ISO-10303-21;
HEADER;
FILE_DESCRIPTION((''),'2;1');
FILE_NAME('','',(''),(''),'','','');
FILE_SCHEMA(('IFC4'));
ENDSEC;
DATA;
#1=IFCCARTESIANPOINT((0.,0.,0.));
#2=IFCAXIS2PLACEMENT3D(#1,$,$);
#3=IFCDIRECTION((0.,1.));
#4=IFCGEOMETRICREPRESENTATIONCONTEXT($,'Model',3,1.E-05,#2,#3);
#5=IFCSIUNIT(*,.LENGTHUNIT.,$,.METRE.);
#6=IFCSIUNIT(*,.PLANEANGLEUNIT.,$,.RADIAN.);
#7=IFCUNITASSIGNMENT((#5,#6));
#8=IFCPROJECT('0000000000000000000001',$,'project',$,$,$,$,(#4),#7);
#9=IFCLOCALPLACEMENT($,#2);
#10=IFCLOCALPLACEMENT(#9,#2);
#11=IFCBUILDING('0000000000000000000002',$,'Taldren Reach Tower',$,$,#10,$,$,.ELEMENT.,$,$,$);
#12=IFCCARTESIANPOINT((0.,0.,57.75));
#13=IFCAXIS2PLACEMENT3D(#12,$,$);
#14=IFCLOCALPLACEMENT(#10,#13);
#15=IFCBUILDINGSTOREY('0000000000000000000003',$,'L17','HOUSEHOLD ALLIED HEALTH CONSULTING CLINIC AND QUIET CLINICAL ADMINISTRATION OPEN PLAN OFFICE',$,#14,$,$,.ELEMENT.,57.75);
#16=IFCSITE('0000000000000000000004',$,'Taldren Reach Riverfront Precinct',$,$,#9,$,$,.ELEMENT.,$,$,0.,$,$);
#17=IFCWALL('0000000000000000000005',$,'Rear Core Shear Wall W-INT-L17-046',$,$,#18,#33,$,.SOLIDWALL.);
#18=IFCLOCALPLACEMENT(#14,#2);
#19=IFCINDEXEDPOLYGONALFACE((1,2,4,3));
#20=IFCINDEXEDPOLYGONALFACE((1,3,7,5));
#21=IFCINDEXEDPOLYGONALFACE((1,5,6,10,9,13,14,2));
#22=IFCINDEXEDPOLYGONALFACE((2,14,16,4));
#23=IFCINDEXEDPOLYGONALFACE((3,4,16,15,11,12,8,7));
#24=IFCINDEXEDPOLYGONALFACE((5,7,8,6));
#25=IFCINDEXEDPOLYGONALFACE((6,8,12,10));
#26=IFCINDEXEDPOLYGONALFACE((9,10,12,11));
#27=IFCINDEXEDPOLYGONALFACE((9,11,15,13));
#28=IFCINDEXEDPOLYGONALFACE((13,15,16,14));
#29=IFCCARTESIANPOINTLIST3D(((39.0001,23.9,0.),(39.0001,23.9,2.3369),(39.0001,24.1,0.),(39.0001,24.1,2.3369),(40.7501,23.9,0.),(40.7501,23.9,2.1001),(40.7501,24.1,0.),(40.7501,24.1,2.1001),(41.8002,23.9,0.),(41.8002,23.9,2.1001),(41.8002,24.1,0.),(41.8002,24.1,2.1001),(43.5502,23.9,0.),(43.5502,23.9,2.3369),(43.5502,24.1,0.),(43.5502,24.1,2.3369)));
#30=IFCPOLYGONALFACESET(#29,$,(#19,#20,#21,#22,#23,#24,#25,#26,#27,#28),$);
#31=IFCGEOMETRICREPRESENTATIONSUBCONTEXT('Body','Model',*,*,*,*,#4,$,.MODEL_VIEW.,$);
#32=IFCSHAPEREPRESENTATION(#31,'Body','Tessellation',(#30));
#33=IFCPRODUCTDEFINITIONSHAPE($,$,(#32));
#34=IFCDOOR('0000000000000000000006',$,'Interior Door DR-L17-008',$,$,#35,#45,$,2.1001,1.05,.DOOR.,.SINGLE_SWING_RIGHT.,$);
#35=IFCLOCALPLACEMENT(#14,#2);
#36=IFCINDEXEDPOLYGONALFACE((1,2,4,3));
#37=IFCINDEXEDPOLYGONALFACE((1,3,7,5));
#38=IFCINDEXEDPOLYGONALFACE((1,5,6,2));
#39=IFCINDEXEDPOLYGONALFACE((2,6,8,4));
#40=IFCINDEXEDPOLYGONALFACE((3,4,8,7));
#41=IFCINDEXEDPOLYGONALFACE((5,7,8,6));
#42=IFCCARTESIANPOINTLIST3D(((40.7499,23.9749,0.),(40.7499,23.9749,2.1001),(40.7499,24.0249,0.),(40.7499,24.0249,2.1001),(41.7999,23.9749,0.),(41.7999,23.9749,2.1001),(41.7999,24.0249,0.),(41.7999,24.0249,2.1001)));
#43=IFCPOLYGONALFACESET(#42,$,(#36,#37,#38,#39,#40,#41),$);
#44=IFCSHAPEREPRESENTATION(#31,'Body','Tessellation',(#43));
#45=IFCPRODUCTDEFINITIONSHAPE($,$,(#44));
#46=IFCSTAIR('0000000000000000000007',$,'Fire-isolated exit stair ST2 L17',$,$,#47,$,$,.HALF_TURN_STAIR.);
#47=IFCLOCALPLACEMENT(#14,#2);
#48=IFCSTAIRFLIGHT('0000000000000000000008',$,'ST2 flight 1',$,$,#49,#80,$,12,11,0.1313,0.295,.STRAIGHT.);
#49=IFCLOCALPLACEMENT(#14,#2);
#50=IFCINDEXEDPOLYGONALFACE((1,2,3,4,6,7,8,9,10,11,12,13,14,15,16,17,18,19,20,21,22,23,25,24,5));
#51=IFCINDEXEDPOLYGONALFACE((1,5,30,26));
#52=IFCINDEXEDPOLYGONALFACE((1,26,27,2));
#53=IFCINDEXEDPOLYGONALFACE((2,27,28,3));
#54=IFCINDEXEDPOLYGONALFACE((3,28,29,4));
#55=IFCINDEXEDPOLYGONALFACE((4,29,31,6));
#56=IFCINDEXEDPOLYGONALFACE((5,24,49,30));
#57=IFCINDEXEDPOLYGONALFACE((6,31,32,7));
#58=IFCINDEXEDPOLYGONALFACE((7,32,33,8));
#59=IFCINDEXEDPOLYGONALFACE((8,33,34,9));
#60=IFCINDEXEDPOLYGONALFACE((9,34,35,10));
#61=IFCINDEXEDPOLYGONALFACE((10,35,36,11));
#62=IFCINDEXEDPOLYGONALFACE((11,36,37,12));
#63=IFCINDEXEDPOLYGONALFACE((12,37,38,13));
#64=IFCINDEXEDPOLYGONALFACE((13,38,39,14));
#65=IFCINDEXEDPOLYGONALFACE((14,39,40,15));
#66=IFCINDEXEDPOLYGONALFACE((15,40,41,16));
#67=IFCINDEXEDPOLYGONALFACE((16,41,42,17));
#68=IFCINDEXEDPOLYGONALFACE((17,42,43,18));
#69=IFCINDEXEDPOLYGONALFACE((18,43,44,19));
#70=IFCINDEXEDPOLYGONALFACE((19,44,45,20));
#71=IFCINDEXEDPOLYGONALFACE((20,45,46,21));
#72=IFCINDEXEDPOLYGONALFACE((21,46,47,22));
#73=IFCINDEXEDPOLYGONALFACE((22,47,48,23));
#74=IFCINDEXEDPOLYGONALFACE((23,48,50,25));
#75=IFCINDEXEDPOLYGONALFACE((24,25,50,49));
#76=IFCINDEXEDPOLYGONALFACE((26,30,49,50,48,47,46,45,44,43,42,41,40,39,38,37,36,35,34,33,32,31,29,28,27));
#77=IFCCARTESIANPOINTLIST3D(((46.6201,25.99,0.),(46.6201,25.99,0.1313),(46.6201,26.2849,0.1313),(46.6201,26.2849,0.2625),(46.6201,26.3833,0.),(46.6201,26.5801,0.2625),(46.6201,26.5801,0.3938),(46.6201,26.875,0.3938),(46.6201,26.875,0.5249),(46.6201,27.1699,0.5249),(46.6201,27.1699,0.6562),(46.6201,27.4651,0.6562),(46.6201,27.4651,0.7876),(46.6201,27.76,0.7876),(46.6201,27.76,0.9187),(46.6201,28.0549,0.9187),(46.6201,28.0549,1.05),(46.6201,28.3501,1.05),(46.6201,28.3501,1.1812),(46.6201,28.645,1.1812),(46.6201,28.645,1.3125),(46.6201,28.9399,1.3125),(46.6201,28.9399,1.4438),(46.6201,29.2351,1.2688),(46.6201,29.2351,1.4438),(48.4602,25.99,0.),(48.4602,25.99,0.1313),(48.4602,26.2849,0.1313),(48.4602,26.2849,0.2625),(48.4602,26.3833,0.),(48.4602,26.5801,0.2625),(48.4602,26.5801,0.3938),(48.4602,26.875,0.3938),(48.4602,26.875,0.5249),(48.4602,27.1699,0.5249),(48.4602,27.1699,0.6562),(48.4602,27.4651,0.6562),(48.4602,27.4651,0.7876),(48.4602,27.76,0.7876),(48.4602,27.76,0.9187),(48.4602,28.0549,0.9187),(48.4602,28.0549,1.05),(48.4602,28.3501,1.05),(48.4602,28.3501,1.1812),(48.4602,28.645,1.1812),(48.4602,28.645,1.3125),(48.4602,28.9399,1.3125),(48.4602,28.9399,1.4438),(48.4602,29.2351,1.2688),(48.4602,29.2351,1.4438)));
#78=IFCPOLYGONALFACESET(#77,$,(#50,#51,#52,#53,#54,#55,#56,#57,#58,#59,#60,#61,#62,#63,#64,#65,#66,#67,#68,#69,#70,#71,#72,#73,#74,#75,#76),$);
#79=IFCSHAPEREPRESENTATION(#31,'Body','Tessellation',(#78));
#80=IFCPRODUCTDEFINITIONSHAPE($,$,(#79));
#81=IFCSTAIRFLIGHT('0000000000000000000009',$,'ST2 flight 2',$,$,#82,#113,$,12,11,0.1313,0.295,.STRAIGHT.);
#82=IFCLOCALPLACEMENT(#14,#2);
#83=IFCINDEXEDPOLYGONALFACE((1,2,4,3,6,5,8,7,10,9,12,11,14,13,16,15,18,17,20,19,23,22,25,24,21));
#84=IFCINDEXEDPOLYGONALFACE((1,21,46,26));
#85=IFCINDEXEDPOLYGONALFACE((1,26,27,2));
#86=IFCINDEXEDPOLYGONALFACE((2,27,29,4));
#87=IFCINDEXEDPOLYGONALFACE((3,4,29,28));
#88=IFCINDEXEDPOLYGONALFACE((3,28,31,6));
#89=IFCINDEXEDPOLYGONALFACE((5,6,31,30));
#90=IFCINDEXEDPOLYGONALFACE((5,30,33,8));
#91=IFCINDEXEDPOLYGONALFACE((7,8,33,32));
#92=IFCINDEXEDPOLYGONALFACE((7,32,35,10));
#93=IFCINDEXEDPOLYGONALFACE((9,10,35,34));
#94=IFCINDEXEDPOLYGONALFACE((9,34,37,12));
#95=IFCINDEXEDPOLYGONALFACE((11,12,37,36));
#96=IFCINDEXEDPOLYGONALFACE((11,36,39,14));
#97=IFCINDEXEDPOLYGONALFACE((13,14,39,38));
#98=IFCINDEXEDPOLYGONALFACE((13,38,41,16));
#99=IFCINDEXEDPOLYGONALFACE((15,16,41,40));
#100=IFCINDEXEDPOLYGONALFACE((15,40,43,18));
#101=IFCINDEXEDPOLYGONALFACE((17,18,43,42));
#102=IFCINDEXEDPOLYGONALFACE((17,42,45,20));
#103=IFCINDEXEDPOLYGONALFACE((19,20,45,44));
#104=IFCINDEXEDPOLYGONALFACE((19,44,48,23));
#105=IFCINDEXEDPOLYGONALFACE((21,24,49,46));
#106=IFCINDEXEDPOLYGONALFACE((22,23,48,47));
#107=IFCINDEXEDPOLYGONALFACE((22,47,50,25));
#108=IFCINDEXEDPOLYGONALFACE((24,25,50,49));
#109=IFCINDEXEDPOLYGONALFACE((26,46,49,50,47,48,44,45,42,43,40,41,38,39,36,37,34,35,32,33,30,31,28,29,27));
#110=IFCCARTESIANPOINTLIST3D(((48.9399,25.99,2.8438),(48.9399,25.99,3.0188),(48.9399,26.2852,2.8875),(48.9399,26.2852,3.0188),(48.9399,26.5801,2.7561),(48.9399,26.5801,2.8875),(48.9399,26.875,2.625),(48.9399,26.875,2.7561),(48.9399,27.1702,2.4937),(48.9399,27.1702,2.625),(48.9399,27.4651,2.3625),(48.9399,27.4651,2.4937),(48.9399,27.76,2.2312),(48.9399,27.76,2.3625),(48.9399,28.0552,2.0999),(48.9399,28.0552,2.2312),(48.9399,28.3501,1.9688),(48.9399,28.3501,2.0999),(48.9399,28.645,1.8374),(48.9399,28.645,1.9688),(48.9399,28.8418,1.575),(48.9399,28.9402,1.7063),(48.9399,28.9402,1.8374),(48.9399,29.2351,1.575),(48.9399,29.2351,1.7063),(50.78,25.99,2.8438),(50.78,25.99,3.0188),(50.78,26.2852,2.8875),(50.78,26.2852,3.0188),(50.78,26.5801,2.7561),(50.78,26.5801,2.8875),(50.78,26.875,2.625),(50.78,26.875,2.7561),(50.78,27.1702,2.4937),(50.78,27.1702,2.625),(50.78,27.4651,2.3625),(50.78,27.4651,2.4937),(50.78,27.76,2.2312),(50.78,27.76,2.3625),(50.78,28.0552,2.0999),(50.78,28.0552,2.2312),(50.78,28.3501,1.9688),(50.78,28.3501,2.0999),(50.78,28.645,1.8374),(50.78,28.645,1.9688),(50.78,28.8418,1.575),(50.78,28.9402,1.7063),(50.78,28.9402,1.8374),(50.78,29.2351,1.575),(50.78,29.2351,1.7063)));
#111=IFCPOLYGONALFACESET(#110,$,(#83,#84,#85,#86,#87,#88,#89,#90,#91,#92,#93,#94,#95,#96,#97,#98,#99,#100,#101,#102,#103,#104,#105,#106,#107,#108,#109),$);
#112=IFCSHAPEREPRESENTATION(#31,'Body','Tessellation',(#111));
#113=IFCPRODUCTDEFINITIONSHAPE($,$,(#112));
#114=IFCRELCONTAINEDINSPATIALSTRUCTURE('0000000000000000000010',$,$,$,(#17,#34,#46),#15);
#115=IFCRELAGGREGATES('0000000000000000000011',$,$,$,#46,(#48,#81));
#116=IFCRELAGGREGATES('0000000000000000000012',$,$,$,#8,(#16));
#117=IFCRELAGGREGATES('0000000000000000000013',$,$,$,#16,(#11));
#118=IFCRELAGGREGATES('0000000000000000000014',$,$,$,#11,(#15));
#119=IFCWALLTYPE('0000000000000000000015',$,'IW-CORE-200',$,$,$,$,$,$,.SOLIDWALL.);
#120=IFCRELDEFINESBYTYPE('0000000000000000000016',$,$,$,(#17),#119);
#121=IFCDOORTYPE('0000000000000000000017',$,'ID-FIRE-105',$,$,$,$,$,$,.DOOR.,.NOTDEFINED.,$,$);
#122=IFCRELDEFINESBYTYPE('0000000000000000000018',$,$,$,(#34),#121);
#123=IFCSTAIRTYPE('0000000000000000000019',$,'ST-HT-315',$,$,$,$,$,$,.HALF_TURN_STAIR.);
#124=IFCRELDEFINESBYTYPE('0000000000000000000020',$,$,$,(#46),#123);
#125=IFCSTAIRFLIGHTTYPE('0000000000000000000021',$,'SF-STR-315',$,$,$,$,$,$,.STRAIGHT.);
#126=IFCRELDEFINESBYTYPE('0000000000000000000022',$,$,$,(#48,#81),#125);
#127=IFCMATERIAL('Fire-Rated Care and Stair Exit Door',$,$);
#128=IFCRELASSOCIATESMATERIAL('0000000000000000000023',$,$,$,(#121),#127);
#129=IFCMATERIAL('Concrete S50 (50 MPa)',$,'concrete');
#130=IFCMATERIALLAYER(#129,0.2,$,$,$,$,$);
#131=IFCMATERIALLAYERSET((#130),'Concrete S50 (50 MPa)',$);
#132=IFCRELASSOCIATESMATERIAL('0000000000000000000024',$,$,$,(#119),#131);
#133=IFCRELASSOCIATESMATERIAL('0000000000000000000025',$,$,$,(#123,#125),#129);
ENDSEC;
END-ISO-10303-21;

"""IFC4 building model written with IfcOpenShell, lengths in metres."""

from ifc_helpers import new_model, si_unit, direction, frame, frame_2d, origin, place, context, subcontext, project, spatial, polyline, rectangle, outline, extrude, source, transform, mapped, material, layer, layer_set, type_object, element, fill, aggregate, save


model = new_model("IFC4")

# Units and contexts
model_context = context("Model", 3, precision=1e-05, world=origin(), true_north=direction((0.0, 1.0)))
body_context = subcontext(model_context, "Body", "Model", "MODEL_VIEW")
ifc_project = project(units=[si_unit("LENGTHUNIT", "METRE"), si_unit("PLANEANGLEUNIT", "RADIAN")], contexts=[model_context])

# Site, building, storey
site_placement = place(None, origin())
site = spatial("IfcSite", under=ifc_project, at=site_placement, Name="Taldren Reach Riverfront Precinct", CompositionType="ELEMENT", RefElevation=0.0)
building_placement = place(site_placement, origin())
building = spatial("IfcBuilding", under=site, at=building_placement, Name="Taldren Reach Tower", CompositionType="ELEMENT")
storey_placement = place(building_placement, frame((0.0, 0.0, 57.75)))
storey = spatial("IfcBuildingStorey", under=building, at=storey_placement, Name="L17", Description="HOUSEHOLD ALLIED HEALTH CONSULTING CLINIC AND QUIET CLINICAL ADMINISTRATION OPEN PLAN OFFICE", CompositionType="ELEMENT", Elevation=57.75)

# Shared definitions
ifc_material_1 = material(Name="Fire-Rated Care and Stair Exit Door")
door_type_1 = type_object("IfcDoorType", Name="ID-FIRE-105", OperationType="NOTDEFINED", PredefinedType="DOOR", material=ifc_material_1)
shared_shape_1 = source(origin(), body_context, "Body", "SweptSolid", [
    extrude(rectangle(XDim=1.05, YDim=2.1001, at=frame_2d((0.5249, 1.05))), frame((0.0, 0.0249, 0.0), z_axis=(0.0, -1.0, 0.0), x_axis=(1.0, 0.0, 0.0)), (0.0, 0.0, 1.0), 0.05),
])

# Shared definitions
ifc_material_2 = material(Name="Concrete S50 (50 MPa)", Category="concrete")
ifc_layer_1 = layer(ifc_material_2, 0.2)
ifc_layer_set_1 = layer_set([ifc_layer_1], Name="Concrete S50 (50 MPa)")
wall_type_1 = type_object("IfcWallType", Name="IW-CORE-200", PredefinedType="SOLIDWALL", material=ifc_layer_set_1)

# Shared definitions
shared_shape_2 = source(origin(), body_context, "Body", "SweptSolid", [
    extrude(rectangle(XDim=1.05, YDim=2.1001, at=frame_2d((0.5249, 1.05))), frame((0.0, 0.1099, 0.0), z_axis=(0.0, -1.0, 0.0), x_axis=(1.0, 0.0, 0.0)), (0.0, 0.0, 1.0), 0.22),
])

# Wall, opening, door
shared_shape_3 = source(origin(), body_context, "Body", "SweptSolid", [
    extrude(rectangle(XDim=4.55, YDim=0.2, at=frame_2d((2.2749, 0.0))), origin(), (0.0, 0.0, 1.0), 2.3369),
])
wall_1_placement = place(storey_placement, frame((43.55, 24.0, 0.0), z_axis=(0.0, 0.0, 1.0), x_axis=(-1.0, 0.0, 0.0)))
wall_1 = element("IfcWall", 1, at=wall_1_placement, inside=storey, type_object=wall_type_1, Name="Rear Core Shear Wall W-INT-L17-046", PredefinedType="SOLIDWALL", context=body_context, shape_type="MappedRepresentation", body=[
    mapped(shared_shape_3, transform((0.0, 0.0, 0.0), scale=1.0)),
])
opening_1_placement = place(wall_1_placement, frame((1.75, 0.0, 0.0)))
opening_1 = element("IfcOpeningElement", 2, at=opening_1_placement, cuts=wall_1, PredefinedType="OPENING", context=body_context, shape_type="MappedRepresentation", body=[
    mapped(shared_shape_2, transform((0.0, 0.0, 0.0), scale=1.0)),
])
door_1_placement = place(opening_1_placement, frame((1.05, 0.0, 0.0), z_axis=(0.0, 0.0, 1.0), x_axis=(-1.0, 0.0, 0.0)))
door_1 = element("IfcDoor", 3, at=door_1_placement, inside=storey, type_object=door_type_1, Name="Interior Door DR-L17-008", OperationType="SINGLE_SWING_RIGHT", OverallHeight=2.1001, OverallWidth=1.05, PredefinedType="DOOR", context=body_context, shape_type="MappedRepresentation", body=[
    mapped(shared_shape_1, transform((0.0, 0.0, 0.0), scale=1.0)),
])
fill(opening_1, door_1)

# Stair, stair flights
stair_type = type_object("IfcStairType", Name="ST-HT-315", PredefinedType="HALF_TURN_STAIR", material=ifc_material_2)
stair_placement = place(storey_placement, origin())
stair = element("IfcStair", 4, at=stair_placement, inside=storey, type_object=stair_type, Name="Fire-isolated exit stair ST2 L17", PredefinedType="HALF_TURN_STAIR")
stair_flight_type = type_object("IfcStairFlightType", Name="SF-STR-315", PredefinedType="STRAIGHT", material=ifc_material_2)
stair_flight_1_placement = place(storey_placement, frame((47.54, 25.99, 0.0), z_axis=(0.0, 0.0, 1.0), x_axis=(0.0, 1.0, 0.0)))
stair_flight_1 = element("IfcStairFlight", 5, at=stair_flight_1_placement, type_object=stair_flight_type, Name="ST2 flight 1", NumberOfRisers=12, NumberOfTreads=11, PredefinedType="STRAIGHT", RiserHeight=0.1313, TreadLength=0.295, context=body_context, shape_type="SweptSolid", body=[
    extrude(outline(polyline([(0.0, 0.0), (0.0, 0.1313), (0.2949, 0.1313), (0.2949, 0.2625), (0.5901, 0.2625), (0.5901, 0.3938), (0.885, 0.3938), (0.885, 0.5249), (1.1799, 0.5249), (1.1799, 0.6562), (1.4751, 0.6562), (1.4751, 0.7876), (1.77, 0.7876), (1.77, 0.9187), (2.0649, 0.9187), (2.0649, 1.05), (2.3601, 1.05), (2.3601, 1.1812), (2.655, 1.1812), (2.655, 1.3125), (2.95, 1.3125), (2.95, 1.4438), (3.2451, 1.4438), (3.2451, 1.575), (3.2451, 1.2688), (0.3933, 0.0), (0.0, 0.0)])), frame((0.0, 0.9199, 0.0), z_axis=(0.0, -1.0, 0.0), x_axis=(1.0, 0.0, 0.0)), (0.0, 0.0, 1.0), 1.8401),
])
stair_flight_2_placement = place(storey_placement, frame((49.8601, 29.2351, 1.575), z_axis=(0.0, 0.0, 1.0), x_axis=(0.0, -1.0, 0.0)))
stair_flight_2 = element("IfcStairFlight", 6, at=stair_flight_2_placement, type_object=stair_flight_type, Name="ST2 flight 2", NumberOfRisers=12, NumberOfTreads=11, PredefinedType="STRAIGHT", RiserHeight=0.1313, TreadLength=0.295, context=body_context, shape_type="SweptSolid", body=[
    extrude(outline(polyline([(0.0, 0.0), (0.0, 0.1313), (0.2949, 0.1313), (0.2949, 0.2625), (0.5901, 0.2625), (0.5901, 0.3938), (0.885, 0.3938), (0.885, 0.5249), (1.1799, 0.5249), (1.1799, 0.6562), (1.4751, 0.6562), (1.4751, 0.7876), (1.77, 0.7876), (1.77, 0.9187), (2.0649, 0.9187), (2.0649, 1.05), (2.3601, 1.05), (2.3601, 1.1812), (2.655, 1.1812), (2.655, 1.3125), (2.95, 1.3125), (2.95, 1.4438), (3.2451, 1.4438), (3.2451, 1.575), (3.2451, 1.2688), (0.3933, 0.0), (0.0, 0.0)])), frame((0.0, 0.9199, 0.0), z_axis=(0.0, -1.0, 0.0), x_axis=(1.0, 0.0, 0.0)), (0.0, 0.0, 1.0), 1.8401),
])
aggregate(stair, [stair_flight_1, stair_flight_2])

save(model, "model.ifc")
